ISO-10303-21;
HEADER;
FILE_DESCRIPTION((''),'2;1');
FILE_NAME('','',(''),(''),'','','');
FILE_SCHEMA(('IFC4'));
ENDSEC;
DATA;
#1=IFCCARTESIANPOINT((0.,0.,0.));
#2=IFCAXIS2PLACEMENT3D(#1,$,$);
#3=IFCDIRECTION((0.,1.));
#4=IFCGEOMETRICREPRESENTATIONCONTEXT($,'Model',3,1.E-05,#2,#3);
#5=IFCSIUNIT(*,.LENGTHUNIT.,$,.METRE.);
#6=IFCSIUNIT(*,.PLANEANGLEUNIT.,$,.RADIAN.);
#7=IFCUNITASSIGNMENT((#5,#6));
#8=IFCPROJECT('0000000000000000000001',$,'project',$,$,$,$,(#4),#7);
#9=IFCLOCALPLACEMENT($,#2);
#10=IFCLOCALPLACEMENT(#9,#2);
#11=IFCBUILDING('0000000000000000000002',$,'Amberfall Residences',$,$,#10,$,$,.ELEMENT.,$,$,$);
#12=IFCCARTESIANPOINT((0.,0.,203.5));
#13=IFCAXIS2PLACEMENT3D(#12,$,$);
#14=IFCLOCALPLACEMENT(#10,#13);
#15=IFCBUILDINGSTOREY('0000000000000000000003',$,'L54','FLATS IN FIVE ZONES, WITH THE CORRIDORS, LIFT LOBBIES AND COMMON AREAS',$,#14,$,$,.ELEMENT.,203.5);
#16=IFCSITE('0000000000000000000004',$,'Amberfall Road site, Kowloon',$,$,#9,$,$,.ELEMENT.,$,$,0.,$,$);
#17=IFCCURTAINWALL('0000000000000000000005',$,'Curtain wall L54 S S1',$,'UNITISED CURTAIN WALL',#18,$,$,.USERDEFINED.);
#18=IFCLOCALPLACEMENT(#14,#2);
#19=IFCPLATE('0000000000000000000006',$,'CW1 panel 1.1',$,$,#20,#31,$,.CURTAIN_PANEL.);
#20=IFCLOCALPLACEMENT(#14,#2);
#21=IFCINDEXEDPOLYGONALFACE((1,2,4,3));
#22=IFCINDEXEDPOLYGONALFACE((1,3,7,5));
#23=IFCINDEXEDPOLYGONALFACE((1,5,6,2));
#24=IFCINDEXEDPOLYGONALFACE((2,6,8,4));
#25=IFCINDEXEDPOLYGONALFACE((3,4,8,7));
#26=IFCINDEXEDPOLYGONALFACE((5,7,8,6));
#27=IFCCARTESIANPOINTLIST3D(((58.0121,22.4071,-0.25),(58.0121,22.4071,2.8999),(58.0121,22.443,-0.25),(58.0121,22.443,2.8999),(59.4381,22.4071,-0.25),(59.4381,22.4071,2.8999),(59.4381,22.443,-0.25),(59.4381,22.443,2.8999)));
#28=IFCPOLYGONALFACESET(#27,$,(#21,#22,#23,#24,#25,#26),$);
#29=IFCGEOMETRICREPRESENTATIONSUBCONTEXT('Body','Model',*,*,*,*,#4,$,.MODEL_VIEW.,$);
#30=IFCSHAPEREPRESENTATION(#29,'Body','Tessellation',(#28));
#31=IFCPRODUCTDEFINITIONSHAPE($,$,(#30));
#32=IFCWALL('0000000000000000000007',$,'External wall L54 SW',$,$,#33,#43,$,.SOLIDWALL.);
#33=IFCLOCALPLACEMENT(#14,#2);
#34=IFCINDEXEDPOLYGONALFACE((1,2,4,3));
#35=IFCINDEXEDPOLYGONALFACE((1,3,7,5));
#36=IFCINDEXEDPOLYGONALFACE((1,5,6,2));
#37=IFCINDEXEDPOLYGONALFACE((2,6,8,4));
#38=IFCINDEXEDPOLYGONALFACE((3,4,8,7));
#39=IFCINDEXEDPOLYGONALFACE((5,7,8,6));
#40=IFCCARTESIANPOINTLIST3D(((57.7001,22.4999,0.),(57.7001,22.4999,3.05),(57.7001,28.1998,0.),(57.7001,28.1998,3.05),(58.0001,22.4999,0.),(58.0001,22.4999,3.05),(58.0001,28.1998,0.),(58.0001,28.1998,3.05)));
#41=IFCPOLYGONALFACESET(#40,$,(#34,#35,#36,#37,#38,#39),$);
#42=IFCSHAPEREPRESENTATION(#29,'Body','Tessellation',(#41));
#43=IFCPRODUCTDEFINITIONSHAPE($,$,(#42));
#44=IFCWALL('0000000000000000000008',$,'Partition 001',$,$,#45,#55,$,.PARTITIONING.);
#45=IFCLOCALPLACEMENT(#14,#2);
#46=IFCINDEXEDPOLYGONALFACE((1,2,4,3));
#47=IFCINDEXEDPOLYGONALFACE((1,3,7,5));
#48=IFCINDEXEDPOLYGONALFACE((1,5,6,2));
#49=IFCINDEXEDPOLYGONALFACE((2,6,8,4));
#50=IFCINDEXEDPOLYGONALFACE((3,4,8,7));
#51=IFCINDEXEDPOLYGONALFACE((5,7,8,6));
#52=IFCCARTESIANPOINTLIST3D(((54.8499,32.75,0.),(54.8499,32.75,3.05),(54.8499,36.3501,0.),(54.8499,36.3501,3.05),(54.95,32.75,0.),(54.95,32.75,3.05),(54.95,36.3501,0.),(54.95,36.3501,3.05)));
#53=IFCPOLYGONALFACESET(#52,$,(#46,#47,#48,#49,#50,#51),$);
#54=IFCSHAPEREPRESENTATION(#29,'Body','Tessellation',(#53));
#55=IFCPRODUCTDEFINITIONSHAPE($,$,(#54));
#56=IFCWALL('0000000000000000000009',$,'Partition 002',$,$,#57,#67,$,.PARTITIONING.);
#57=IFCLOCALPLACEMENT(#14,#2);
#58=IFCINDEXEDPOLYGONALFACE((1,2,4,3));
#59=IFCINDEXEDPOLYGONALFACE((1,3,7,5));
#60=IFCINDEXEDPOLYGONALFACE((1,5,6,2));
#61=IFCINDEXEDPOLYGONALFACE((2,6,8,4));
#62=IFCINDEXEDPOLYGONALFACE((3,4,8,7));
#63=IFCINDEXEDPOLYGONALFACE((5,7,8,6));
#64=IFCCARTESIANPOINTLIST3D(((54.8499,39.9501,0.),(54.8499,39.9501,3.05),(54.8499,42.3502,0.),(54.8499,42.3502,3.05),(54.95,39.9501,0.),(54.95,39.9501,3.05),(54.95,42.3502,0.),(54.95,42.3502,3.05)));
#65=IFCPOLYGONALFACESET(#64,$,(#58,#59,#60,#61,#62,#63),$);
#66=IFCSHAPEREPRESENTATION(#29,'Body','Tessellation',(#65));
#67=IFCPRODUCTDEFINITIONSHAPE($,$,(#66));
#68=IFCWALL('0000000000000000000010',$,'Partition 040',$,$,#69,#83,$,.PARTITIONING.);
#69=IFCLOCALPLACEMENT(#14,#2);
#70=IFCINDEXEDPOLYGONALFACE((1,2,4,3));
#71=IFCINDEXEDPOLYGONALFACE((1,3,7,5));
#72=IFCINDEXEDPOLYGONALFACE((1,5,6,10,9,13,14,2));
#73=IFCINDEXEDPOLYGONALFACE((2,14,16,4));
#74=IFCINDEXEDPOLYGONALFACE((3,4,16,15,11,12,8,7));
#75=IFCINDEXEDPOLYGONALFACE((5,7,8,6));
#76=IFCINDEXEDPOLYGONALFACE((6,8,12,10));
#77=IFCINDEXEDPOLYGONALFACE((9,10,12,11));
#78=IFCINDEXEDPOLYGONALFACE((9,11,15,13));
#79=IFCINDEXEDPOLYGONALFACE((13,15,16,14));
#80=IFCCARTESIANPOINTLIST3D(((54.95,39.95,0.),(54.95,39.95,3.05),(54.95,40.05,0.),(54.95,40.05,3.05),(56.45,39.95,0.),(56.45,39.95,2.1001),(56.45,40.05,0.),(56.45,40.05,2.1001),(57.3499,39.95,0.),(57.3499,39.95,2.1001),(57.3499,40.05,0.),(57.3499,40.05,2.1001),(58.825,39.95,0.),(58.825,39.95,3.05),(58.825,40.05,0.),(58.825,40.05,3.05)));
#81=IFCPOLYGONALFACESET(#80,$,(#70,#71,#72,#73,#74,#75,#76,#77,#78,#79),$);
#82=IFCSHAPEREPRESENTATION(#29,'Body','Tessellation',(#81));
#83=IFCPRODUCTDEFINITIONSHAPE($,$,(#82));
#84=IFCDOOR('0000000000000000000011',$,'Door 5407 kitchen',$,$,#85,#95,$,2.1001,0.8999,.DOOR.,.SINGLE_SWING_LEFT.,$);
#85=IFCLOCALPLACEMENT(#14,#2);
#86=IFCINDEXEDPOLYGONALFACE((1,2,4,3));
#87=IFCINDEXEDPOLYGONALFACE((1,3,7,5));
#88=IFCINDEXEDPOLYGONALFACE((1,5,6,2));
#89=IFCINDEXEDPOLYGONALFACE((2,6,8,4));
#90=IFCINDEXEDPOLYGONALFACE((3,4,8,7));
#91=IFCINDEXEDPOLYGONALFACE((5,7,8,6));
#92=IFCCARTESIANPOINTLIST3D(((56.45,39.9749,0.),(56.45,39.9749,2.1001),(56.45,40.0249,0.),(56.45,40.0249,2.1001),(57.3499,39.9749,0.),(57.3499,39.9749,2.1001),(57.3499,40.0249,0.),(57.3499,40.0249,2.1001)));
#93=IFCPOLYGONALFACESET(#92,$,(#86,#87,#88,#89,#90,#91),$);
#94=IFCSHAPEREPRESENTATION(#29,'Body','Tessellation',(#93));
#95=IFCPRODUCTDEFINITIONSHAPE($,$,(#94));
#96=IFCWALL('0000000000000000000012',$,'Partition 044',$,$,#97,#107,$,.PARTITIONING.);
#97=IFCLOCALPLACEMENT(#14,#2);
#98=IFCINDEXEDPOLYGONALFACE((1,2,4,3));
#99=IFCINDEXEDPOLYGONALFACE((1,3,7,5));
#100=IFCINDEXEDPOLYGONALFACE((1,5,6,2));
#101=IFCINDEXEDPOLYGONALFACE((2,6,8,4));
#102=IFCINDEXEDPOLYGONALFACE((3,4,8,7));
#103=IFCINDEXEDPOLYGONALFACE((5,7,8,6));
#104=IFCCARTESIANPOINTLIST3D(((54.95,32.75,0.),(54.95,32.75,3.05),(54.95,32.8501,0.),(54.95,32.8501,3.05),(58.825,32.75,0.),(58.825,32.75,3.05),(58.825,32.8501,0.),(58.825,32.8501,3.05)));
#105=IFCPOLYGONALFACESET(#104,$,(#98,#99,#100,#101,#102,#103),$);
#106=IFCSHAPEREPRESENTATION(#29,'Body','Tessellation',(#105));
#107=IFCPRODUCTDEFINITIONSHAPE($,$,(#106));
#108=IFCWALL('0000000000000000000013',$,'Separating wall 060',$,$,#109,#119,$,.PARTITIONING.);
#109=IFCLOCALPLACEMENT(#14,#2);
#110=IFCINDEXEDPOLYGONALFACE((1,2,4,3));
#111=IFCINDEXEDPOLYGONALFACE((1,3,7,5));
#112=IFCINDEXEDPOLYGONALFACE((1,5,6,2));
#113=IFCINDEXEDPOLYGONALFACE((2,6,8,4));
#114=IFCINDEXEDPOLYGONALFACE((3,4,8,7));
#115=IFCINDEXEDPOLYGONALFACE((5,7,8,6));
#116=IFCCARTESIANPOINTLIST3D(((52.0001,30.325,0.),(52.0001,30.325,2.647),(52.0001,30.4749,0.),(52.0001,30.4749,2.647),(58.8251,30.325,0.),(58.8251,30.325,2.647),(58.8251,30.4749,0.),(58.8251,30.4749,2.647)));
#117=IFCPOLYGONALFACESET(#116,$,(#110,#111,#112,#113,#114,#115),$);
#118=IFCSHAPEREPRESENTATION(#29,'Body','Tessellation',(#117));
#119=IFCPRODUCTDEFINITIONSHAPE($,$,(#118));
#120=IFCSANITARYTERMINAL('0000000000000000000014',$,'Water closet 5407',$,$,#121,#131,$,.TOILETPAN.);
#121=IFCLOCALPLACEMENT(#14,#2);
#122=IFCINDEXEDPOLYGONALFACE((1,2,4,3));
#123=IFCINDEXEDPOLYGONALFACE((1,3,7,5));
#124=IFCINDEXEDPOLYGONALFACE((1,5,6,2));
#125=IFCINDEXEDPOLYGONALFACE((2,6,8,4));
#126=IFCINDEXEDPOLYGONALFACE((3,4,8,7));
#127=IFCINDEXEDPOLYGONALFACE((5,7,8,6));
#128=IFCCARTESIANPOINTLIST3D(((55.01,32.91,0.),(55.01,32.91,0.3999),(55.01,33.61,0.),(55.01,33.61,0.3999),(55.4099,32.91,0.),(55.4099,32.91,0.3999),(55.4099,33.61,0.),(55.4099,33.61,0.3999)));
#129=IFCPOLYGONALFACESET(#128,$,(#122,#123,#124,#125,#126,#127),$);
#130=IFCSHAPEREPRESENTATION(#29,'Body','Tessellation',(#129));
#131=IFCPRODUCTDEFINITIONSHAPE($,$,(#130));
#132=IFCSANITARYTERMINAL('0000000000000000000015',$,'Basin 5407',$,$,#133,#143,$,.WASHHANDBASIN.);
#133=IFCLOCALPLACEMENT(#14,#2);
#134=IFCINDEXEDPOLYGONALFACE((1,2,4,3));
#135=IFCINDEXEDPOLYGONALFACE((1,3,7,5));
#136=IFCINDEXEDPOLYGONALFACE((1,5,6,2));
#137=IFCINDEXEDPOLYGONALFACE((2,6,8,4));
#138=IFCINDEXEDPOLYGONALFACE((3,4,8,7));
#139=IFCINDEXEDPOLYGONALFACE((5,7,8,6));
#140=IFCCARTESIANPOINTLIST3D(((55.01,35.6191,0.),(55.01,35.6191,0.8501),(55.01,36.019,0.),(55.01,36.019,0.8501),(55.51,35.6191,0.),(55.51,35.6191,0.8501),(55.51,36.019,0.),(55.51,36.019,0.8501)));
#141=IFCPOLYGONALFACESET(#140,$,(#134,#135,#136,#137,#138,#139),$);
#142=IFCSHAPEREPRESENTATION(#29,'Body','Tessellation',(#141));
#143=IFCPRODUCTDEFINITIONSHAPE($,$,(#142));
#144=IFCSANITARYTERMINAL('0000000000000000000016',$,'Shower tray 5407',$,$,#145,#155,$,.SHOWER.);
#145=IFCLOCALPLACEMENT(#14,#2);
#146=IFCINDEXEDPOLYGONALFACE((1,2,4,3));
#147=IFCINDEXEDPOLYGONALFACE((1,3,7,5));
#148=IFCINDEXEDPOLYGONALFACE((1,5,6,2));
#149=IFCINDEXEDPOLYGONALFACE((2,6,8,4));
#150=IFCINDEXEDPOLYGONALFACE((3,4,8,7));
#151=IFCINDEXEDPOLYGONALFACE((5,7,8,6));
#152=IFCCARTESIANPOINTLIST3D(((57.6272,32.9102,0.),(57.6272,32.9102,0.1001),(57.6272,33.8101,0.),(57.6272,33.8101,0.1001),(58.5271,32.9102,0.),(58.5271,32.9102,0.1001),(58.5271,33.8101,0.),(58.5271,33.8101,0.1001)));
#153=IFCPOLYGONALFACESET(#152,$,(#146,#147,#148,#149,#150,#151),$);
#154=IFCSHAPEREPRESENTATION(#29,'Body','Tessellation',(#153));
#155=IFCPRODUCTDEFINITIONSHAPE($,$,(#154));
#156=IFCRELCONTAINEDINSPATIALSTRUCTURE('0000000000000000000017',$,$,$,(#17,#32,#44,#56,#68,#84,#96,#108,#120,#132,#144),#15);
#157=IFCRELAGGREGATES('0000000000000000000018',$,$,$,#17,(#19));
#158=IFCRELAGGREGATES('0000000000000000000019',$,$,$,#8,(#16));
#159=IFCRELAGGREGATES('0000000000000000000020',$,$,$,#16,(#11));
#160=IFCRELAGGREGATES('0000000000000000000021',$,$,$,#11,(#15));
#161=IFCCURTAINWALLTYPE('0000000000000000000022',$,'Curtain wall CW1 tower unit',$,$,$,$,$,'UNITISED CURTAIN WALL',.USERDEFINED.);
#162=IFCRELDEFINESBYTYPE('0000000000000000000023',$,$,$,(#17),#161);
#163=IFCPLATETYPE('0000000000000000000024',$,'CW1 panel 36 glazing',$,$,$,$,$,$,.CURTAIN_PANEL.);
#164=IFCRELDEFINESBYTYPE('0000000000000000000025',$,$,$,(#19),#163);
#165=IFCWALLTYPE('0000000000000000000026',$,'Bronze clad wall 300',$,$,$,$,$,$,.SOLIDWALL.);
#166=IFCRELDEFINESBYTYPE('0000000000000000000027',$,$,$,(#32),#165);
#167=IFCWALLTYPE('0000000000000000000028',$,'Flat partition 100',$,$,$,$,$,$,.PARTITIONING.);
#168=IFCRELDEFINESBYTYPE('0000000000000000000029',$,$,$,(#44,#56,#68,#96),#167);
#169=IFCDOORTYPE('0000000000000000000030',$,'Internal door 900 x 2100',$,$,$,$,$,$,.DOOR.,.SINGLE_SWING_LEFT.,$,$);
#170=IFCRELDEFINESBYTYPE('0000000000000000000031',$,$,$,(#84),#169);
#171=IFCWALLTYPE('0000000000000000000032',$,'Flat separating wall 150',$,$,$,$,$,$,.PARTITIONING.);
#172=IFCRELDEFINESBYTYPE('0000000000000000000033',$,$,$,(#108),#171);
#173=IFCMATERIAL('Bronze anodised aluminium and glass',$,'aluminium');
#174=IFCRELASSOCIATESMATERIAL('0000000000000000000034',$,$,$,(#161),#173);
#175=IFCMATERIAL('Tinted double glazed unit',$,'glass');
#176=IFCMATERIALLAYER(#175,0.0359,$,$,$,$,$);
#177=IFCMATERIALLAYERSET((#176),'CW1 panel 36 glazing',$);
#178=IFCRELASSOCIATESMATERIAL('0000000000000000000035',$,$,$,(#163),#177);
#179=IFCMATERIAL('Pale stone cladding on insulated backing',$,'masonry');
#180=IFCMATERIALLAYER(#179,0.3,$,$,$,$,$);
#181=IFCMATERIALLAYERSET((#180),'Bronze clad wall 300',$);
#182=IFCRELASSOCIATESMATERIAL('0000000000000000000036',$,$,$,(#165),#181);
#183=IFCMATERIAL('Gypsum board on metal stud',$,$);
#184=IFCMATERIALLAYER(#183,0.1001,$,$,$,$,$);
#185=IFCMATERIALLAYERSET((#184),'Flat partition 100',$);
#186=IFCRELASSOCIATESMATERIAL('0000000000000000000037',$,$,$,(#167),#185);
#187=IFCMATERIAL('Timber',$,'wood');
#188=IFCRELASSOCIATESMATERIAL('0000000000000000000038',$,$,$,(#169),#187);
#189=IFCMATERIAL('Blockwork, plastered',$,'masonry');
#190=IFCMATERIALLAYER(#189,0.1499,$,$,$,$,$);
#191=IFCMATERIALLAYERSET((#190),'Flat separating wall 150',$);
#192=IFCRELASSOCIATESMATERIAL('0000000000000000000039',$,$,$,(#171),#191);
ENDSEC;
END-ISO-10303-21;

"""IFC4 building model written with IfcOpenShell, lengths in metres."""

from ifc_helpers import new_model, si_unit, direction, frame, frame_2d, origin, origin_2d, place, context, subcontext, project, spatial, rectangle, extrude, material, layer, layer_set, type_object, element, fill, aggregate, save


model = new_model("IFC4")

# Units and contexts
model_context = context("Model", 3, precision=1e-05, world=origin(), true_north=direction((0.0, 1.0)))
body_context = subcontext(model_context, "Body", "Model", "MODEL_VIEW")
ifc_project = project(units=[si_unit("LENGTHUNIT", "METRE"), si_unit("PLANEANGLEUNIT", "RADIAN")], contexts=[model_context])

# Site, building, storey
site_placement = place(None, origin())
site = spatial("IfcSite", under=ifc_project, at=site_placement, Name="Amberfall Road site, Kowloon", CompositionType="ELEMENT", RefElevation=0.0)
building_placement = place(site_placement, origin())
building = spatial("IfcBuilding", under=site, at=building_placement, Name="Amberfall Residences", CompositionType="ELEMENT")
storey_placement = place(building_placement, frame((0.0, 0.0, 203.5)))
storey = spatial("IfcBuildingStorey", under=building, at=storey_placement, Name="L54", Description="FLATS IN FIVE ZONES, WITH THE CORRIDORS, LIFT LOBBIES AND COMMON AREAS", CompositionType="ELEMENT", Elevation=203.5)

# Curtain wall
ifc_material_1 = material(Name="Bronze anodised aluminium and glass", Category="aluminium")
curtain_wall_type = type_object("IfcCurtainWallType", Name="Curtain wall CW1 tower unit", ElementType="UNITISED CURTAIN WALL", PredefinedType="USERDEFINED", material=ifc_material_1)
curtain_wall_placement = place(storey_placement, origin())
curtain_wall = element("IfcCurtainWall", 1, at=curtain_wall_placement, inside=storey, type_object=curtain_wall_type, Name="Curtain wall L54 S S1", ObjectType="UNITISED CURTAIN WALL", PredefinedType="USERDEFINED")

# Plate
ifc_material_2 = material(Name="Tinted double glazed unit", Category="glass")
ifc_layer_1 = layer(ifc_material_2, 0.0359)
ifc_layer_set_1 = layer_set([ifc_layer_1], Name="CW1 panel 36 glazing")
plate_type = type_object("IfcPlateType", Name="CW1 panel 36 glazing", PredefinedType="CURTAIN_PANEL", material=ifc_layer_set_1)
plate_placement = place(storey_placement, frame((58.7251, 22.425, -0.25), z_axis=(0.0, 0.0, 1.0), x_axis=(1.0, 0.0, 0.0)))
plate = element("IfcPlate", 2, at=plate_placement, type_object=plate_type, Name="CW1 panel 1.1", PredefinedType="CURTAIN_PANEL", context=body_context, shape_type="SweptSolid", body=[
    extrude(rectangle(XDim=1.426, YDim=0.0359, at=origin_2d()), origin(), (0.0, 0.0, 1.0), 3.1499),
])
aggregate(curtain_wall, [plate])

# Walls
ifc_material_3 = material(Name="Pale stone cladding on insulated backing", Category="masonry")
ifc_layer_2 = layer(ifc_material_3, 0.3)
ifc_layer_set_2 = layer_set([ifc_layer_2], Name="Bronze clad wall 300")
wall_type_1 = type_object("IfcWallType", Name="Bronze clad wall 300", PredefinedType="SOLIDWALL", material=ifc_layer_set_2)
wall_1_placement = place(storey_placement, frame((57.8501, 28.2, 0.0), z_axis=(0.0, 0.0, 1.0), x_axis=(0.0, -1.0, 0.0)))
element("IfcWall", 3, at=wall_1_placement, inside=storey, type_object=wall_type_1, Name="External wall L54 SW", PredefinedType="SOLIDWALL", context=body_context, shape_type="SweptSolid", body=[
    extrude(rectangle(XDim=5.7, YDim=0.3, at=frame_2d((2.8501, 0.0))), origin(), (0.0, 0.0, 1.0), 3.05),
])
ifc_material_4 = material(Name="Gypsum board on metal stud")
ifc_layer_3 = layer(ifc_material_4, 0.1001)
ifc_layer_set_3 = layer_set([ifc_layer_3], Name="Flat partition 100")
wall_type_2 = type_object("IfcWallType", Name="Flat partition 100", PredefinedType="PARTITIONING", material=ifc_layer_set_3)
wall_2_placement = place(storey_placement, frame((54.8999, 32.75, 0.0), z_axis=(0.0, 0.0, 1.0), x_axis=(0.0, 1.0, 0.0)))
element("IfcWall", 4, at=wall_2_placement, inside=storey, type_object=wall_type_2, Name="Partition 001", PredefinedType="PARTITIONING", context=body_context, shape_type="SweptSolid", body=[
    extrude(rectangle(XDim=3.6001, YDim=0.1001, at=frame_2d((1.8, 0.0))), origin(), (0.0, 0.0, 1.0), 3.05),
])
wall_3_placement = place(storey_placement, frame((54.8999, 39.95, 0.0), z_axis=(0.0, 0.0, 1.0), x_axis=(0.0, 1.0, 0.0)))
element("IfcWall", 5, at=wall_3_placement, inside=storey, type_object=wall_type_2, Name="Partition 002", PredefinedType="PARTITIONING", context=body_context, shape_type="SweptSolid", body=[
    extrude(rectangle(XDim=2.4001, YDim=0.1001, at=frame_2d((1.2002, 0.0))), origin(), (0.0, 0.0, 1.0), 3.05),
])

# Wall, opening, door
wall_4_placement = place(storey_placement, frame((54.95, 40.0, 0.0), z_axis=(0.0, 0.0, 1.0), x_axis=(1.0, 0.0, 0.0)))
wall_4 = element("IfcWall", 6, at=wall_4_placement, inside=storey, type_object=wall_type_2, Name="Partition 040", PredefinedType="PARTITIONING", context=body_context, shape_type="SweptSolid", body=[
    extrude(rectangle(XDim=3.875, YDim=0.1001, at=frame_2d((1.9375, 0.0))), origin(), (0.0, 0.0, 1.0), 3.05),
])
opening_placement = place(wall_4_placement, frame((1.5, 0.0, 0.0)))
opening = element("IfcOpeningElement", 7, at=opening_placement, cuts=wall_4, PredefinedType="OPENING", context=body_context, shape_type="SweptSolid", body=[
    extrude(rectangle(XDim=0.8999, YDim=2.1001, at=frame_2d((0.45, 1.05))), frame((0.0, 0.0601, 0.0), z_axis=(0.0, -1.0, 0.0), x_axis=(1.0, 0.0, 0.0)), (0.0, 0.0, 1.0), 0.1201),
])
ifc_material_5 = material(Name="Timber", Category="wood")
door_type = type_object("IfcDoorType", Name="Internal door 900 x 2100", OperationType="SINGLE_SWING_LEFT", PredefinedType="DOOR", material=ifc_material_5)
door_placement = place(opening_placement, origin())
door = element("IfcDoor", 8, at=door_placement, inside=storey, type_object=door_type, Name="Door 5407 kitchen", OperationType="SINGLE_SWING_LEFT", OverallHeight=2.1001, OverallWidth=0.8999, PredefinedType="DOOR", context=body_context, shape_type="SweptSolid", body=[
    extrude(rectangle(XDim=0.8999, YDim=2.1001, at=frame_2d((0.45, 1.05))), frame((0.0, 0.0249, 0.0), z_axis=(0.0, -1.0, 0.0), x_axis=(1.0, 0.0, 0.0)), (0.0, 0.0, 1.0), 0.05),
])
fill(opening, door)

# Walls
wall_5_placement = place(storey_placement, frame((54.95, 32.8, 0.0), z_axis=(0.0, 0.0, 1.0), x_axis=(1.0, 0.0, 0.0)))
element("IfcWall", 9, at=wall_5_placement, inside=storey, type_object=wall_type_2, Name="Partition 044", PredefinedType="PARTITIONING", context=body_context, shape_type="SweptSolid", body=[
    extrude(rectangle(XDim=3.875, YDim=0.1001, at=frame_2d((1.9375, 0.0))), origin(), (0.0, 0.0, 1.0), 3.05),
])
ifc_material_6 = material(Name="Blockwork, plastered", Category="masonry")
ifc_layer_4 = layer(ifc_material_6, 0.1499)
ifc_layer_set_4 = layer_set([ifc_layer_4], Name="Flat separating wall 150")
wall_type_3 = type_object("IfcWallType", Name="Flat separating wall 150", PredefinedType="PARTITIONING", material=ifc_layer_set_4)
wall_6_placement = place(storey_placement, frame((52.0, 30.3999, 0.0), z_axis=(0.0, 0.0, 1.0), x_axis=(1.0, 0.0, 0.0)))
element("IfcWall", 10, at=wall_6_placement, inside=storey, type_object=wall_type_3, Name="Separating wall 060", PredefinedType="PARTITIONING", context=body_context, shape_type="SweptSolid", body=[
    extrude(rectangle(XDim=6.825, YDim=0.1499, at=frame_2d((3.4126, 0.0))), origin(), (0.0, 0.0, 1.0), 2.647),
])

# Sanitary terminals
sanitary_terminal_1_placement = place(storey_placement, frame((55.21, 33.26, 0.0), z_axis=(0.0, 0.0, 1.0), x_axis=(1.0, 0.0, 0.0)))
element("IfcSanitaryTerminal", 11, at=sanitary_terminal_1_placement, inside=storey, Name="Water closet 5407", PredefinedType="TOILETPAN", context=body_context, shape_type="SweptSolid", body=[
    extrude(rectangle(XDim=0.3999, YDim=0.7, at=origin_2d()), origin(), (0.0, 0.0, 1.0), 0.3999),
])
sanitary_terminal_2_placement = place(storey_placement, frame((55.26, 35.8191, 0.0), z_axis=(0.0, 0.0, 1.0), x_axis=(1.0, 0.0, 0.0)))
element("IfcSanitaryTerminal", 12, at=sanitary_terminal_2_placement, inside=storey, Name="Basin 5407", PredefinedType="WASHHANDBASIN", context=body_context, shape_type="SweptSolid", body=[
    extrude(rectangle(XDim=0.5, YDim=0.3999, at=origin_2d()), origin(), (0.0, 0.0, 1.0), 0.8501),
])
sanitary_terminal_3_placement = place(storey_placement, frame((58.0771, 33.3601, 0.0), z_axis=(0.0, 0.0, 1.0), x_axis=(1.0, 0.0, 0.0)))
element("IfcSanitaryTerminal", 13, at=sanitary_terminal_3_placement, inside=storey, Name="Shower tray 5407", PredefinedType="SHOWER", context=body_context, shape_type="SweptSolid", body=[
    extrude(rectangle(XDim=0.8999, YDim=0.8999, at=origin_2d()), origin(), (0.0, 0.0, 1.0), 0.1001),
])

save(model, "model.ifc")
